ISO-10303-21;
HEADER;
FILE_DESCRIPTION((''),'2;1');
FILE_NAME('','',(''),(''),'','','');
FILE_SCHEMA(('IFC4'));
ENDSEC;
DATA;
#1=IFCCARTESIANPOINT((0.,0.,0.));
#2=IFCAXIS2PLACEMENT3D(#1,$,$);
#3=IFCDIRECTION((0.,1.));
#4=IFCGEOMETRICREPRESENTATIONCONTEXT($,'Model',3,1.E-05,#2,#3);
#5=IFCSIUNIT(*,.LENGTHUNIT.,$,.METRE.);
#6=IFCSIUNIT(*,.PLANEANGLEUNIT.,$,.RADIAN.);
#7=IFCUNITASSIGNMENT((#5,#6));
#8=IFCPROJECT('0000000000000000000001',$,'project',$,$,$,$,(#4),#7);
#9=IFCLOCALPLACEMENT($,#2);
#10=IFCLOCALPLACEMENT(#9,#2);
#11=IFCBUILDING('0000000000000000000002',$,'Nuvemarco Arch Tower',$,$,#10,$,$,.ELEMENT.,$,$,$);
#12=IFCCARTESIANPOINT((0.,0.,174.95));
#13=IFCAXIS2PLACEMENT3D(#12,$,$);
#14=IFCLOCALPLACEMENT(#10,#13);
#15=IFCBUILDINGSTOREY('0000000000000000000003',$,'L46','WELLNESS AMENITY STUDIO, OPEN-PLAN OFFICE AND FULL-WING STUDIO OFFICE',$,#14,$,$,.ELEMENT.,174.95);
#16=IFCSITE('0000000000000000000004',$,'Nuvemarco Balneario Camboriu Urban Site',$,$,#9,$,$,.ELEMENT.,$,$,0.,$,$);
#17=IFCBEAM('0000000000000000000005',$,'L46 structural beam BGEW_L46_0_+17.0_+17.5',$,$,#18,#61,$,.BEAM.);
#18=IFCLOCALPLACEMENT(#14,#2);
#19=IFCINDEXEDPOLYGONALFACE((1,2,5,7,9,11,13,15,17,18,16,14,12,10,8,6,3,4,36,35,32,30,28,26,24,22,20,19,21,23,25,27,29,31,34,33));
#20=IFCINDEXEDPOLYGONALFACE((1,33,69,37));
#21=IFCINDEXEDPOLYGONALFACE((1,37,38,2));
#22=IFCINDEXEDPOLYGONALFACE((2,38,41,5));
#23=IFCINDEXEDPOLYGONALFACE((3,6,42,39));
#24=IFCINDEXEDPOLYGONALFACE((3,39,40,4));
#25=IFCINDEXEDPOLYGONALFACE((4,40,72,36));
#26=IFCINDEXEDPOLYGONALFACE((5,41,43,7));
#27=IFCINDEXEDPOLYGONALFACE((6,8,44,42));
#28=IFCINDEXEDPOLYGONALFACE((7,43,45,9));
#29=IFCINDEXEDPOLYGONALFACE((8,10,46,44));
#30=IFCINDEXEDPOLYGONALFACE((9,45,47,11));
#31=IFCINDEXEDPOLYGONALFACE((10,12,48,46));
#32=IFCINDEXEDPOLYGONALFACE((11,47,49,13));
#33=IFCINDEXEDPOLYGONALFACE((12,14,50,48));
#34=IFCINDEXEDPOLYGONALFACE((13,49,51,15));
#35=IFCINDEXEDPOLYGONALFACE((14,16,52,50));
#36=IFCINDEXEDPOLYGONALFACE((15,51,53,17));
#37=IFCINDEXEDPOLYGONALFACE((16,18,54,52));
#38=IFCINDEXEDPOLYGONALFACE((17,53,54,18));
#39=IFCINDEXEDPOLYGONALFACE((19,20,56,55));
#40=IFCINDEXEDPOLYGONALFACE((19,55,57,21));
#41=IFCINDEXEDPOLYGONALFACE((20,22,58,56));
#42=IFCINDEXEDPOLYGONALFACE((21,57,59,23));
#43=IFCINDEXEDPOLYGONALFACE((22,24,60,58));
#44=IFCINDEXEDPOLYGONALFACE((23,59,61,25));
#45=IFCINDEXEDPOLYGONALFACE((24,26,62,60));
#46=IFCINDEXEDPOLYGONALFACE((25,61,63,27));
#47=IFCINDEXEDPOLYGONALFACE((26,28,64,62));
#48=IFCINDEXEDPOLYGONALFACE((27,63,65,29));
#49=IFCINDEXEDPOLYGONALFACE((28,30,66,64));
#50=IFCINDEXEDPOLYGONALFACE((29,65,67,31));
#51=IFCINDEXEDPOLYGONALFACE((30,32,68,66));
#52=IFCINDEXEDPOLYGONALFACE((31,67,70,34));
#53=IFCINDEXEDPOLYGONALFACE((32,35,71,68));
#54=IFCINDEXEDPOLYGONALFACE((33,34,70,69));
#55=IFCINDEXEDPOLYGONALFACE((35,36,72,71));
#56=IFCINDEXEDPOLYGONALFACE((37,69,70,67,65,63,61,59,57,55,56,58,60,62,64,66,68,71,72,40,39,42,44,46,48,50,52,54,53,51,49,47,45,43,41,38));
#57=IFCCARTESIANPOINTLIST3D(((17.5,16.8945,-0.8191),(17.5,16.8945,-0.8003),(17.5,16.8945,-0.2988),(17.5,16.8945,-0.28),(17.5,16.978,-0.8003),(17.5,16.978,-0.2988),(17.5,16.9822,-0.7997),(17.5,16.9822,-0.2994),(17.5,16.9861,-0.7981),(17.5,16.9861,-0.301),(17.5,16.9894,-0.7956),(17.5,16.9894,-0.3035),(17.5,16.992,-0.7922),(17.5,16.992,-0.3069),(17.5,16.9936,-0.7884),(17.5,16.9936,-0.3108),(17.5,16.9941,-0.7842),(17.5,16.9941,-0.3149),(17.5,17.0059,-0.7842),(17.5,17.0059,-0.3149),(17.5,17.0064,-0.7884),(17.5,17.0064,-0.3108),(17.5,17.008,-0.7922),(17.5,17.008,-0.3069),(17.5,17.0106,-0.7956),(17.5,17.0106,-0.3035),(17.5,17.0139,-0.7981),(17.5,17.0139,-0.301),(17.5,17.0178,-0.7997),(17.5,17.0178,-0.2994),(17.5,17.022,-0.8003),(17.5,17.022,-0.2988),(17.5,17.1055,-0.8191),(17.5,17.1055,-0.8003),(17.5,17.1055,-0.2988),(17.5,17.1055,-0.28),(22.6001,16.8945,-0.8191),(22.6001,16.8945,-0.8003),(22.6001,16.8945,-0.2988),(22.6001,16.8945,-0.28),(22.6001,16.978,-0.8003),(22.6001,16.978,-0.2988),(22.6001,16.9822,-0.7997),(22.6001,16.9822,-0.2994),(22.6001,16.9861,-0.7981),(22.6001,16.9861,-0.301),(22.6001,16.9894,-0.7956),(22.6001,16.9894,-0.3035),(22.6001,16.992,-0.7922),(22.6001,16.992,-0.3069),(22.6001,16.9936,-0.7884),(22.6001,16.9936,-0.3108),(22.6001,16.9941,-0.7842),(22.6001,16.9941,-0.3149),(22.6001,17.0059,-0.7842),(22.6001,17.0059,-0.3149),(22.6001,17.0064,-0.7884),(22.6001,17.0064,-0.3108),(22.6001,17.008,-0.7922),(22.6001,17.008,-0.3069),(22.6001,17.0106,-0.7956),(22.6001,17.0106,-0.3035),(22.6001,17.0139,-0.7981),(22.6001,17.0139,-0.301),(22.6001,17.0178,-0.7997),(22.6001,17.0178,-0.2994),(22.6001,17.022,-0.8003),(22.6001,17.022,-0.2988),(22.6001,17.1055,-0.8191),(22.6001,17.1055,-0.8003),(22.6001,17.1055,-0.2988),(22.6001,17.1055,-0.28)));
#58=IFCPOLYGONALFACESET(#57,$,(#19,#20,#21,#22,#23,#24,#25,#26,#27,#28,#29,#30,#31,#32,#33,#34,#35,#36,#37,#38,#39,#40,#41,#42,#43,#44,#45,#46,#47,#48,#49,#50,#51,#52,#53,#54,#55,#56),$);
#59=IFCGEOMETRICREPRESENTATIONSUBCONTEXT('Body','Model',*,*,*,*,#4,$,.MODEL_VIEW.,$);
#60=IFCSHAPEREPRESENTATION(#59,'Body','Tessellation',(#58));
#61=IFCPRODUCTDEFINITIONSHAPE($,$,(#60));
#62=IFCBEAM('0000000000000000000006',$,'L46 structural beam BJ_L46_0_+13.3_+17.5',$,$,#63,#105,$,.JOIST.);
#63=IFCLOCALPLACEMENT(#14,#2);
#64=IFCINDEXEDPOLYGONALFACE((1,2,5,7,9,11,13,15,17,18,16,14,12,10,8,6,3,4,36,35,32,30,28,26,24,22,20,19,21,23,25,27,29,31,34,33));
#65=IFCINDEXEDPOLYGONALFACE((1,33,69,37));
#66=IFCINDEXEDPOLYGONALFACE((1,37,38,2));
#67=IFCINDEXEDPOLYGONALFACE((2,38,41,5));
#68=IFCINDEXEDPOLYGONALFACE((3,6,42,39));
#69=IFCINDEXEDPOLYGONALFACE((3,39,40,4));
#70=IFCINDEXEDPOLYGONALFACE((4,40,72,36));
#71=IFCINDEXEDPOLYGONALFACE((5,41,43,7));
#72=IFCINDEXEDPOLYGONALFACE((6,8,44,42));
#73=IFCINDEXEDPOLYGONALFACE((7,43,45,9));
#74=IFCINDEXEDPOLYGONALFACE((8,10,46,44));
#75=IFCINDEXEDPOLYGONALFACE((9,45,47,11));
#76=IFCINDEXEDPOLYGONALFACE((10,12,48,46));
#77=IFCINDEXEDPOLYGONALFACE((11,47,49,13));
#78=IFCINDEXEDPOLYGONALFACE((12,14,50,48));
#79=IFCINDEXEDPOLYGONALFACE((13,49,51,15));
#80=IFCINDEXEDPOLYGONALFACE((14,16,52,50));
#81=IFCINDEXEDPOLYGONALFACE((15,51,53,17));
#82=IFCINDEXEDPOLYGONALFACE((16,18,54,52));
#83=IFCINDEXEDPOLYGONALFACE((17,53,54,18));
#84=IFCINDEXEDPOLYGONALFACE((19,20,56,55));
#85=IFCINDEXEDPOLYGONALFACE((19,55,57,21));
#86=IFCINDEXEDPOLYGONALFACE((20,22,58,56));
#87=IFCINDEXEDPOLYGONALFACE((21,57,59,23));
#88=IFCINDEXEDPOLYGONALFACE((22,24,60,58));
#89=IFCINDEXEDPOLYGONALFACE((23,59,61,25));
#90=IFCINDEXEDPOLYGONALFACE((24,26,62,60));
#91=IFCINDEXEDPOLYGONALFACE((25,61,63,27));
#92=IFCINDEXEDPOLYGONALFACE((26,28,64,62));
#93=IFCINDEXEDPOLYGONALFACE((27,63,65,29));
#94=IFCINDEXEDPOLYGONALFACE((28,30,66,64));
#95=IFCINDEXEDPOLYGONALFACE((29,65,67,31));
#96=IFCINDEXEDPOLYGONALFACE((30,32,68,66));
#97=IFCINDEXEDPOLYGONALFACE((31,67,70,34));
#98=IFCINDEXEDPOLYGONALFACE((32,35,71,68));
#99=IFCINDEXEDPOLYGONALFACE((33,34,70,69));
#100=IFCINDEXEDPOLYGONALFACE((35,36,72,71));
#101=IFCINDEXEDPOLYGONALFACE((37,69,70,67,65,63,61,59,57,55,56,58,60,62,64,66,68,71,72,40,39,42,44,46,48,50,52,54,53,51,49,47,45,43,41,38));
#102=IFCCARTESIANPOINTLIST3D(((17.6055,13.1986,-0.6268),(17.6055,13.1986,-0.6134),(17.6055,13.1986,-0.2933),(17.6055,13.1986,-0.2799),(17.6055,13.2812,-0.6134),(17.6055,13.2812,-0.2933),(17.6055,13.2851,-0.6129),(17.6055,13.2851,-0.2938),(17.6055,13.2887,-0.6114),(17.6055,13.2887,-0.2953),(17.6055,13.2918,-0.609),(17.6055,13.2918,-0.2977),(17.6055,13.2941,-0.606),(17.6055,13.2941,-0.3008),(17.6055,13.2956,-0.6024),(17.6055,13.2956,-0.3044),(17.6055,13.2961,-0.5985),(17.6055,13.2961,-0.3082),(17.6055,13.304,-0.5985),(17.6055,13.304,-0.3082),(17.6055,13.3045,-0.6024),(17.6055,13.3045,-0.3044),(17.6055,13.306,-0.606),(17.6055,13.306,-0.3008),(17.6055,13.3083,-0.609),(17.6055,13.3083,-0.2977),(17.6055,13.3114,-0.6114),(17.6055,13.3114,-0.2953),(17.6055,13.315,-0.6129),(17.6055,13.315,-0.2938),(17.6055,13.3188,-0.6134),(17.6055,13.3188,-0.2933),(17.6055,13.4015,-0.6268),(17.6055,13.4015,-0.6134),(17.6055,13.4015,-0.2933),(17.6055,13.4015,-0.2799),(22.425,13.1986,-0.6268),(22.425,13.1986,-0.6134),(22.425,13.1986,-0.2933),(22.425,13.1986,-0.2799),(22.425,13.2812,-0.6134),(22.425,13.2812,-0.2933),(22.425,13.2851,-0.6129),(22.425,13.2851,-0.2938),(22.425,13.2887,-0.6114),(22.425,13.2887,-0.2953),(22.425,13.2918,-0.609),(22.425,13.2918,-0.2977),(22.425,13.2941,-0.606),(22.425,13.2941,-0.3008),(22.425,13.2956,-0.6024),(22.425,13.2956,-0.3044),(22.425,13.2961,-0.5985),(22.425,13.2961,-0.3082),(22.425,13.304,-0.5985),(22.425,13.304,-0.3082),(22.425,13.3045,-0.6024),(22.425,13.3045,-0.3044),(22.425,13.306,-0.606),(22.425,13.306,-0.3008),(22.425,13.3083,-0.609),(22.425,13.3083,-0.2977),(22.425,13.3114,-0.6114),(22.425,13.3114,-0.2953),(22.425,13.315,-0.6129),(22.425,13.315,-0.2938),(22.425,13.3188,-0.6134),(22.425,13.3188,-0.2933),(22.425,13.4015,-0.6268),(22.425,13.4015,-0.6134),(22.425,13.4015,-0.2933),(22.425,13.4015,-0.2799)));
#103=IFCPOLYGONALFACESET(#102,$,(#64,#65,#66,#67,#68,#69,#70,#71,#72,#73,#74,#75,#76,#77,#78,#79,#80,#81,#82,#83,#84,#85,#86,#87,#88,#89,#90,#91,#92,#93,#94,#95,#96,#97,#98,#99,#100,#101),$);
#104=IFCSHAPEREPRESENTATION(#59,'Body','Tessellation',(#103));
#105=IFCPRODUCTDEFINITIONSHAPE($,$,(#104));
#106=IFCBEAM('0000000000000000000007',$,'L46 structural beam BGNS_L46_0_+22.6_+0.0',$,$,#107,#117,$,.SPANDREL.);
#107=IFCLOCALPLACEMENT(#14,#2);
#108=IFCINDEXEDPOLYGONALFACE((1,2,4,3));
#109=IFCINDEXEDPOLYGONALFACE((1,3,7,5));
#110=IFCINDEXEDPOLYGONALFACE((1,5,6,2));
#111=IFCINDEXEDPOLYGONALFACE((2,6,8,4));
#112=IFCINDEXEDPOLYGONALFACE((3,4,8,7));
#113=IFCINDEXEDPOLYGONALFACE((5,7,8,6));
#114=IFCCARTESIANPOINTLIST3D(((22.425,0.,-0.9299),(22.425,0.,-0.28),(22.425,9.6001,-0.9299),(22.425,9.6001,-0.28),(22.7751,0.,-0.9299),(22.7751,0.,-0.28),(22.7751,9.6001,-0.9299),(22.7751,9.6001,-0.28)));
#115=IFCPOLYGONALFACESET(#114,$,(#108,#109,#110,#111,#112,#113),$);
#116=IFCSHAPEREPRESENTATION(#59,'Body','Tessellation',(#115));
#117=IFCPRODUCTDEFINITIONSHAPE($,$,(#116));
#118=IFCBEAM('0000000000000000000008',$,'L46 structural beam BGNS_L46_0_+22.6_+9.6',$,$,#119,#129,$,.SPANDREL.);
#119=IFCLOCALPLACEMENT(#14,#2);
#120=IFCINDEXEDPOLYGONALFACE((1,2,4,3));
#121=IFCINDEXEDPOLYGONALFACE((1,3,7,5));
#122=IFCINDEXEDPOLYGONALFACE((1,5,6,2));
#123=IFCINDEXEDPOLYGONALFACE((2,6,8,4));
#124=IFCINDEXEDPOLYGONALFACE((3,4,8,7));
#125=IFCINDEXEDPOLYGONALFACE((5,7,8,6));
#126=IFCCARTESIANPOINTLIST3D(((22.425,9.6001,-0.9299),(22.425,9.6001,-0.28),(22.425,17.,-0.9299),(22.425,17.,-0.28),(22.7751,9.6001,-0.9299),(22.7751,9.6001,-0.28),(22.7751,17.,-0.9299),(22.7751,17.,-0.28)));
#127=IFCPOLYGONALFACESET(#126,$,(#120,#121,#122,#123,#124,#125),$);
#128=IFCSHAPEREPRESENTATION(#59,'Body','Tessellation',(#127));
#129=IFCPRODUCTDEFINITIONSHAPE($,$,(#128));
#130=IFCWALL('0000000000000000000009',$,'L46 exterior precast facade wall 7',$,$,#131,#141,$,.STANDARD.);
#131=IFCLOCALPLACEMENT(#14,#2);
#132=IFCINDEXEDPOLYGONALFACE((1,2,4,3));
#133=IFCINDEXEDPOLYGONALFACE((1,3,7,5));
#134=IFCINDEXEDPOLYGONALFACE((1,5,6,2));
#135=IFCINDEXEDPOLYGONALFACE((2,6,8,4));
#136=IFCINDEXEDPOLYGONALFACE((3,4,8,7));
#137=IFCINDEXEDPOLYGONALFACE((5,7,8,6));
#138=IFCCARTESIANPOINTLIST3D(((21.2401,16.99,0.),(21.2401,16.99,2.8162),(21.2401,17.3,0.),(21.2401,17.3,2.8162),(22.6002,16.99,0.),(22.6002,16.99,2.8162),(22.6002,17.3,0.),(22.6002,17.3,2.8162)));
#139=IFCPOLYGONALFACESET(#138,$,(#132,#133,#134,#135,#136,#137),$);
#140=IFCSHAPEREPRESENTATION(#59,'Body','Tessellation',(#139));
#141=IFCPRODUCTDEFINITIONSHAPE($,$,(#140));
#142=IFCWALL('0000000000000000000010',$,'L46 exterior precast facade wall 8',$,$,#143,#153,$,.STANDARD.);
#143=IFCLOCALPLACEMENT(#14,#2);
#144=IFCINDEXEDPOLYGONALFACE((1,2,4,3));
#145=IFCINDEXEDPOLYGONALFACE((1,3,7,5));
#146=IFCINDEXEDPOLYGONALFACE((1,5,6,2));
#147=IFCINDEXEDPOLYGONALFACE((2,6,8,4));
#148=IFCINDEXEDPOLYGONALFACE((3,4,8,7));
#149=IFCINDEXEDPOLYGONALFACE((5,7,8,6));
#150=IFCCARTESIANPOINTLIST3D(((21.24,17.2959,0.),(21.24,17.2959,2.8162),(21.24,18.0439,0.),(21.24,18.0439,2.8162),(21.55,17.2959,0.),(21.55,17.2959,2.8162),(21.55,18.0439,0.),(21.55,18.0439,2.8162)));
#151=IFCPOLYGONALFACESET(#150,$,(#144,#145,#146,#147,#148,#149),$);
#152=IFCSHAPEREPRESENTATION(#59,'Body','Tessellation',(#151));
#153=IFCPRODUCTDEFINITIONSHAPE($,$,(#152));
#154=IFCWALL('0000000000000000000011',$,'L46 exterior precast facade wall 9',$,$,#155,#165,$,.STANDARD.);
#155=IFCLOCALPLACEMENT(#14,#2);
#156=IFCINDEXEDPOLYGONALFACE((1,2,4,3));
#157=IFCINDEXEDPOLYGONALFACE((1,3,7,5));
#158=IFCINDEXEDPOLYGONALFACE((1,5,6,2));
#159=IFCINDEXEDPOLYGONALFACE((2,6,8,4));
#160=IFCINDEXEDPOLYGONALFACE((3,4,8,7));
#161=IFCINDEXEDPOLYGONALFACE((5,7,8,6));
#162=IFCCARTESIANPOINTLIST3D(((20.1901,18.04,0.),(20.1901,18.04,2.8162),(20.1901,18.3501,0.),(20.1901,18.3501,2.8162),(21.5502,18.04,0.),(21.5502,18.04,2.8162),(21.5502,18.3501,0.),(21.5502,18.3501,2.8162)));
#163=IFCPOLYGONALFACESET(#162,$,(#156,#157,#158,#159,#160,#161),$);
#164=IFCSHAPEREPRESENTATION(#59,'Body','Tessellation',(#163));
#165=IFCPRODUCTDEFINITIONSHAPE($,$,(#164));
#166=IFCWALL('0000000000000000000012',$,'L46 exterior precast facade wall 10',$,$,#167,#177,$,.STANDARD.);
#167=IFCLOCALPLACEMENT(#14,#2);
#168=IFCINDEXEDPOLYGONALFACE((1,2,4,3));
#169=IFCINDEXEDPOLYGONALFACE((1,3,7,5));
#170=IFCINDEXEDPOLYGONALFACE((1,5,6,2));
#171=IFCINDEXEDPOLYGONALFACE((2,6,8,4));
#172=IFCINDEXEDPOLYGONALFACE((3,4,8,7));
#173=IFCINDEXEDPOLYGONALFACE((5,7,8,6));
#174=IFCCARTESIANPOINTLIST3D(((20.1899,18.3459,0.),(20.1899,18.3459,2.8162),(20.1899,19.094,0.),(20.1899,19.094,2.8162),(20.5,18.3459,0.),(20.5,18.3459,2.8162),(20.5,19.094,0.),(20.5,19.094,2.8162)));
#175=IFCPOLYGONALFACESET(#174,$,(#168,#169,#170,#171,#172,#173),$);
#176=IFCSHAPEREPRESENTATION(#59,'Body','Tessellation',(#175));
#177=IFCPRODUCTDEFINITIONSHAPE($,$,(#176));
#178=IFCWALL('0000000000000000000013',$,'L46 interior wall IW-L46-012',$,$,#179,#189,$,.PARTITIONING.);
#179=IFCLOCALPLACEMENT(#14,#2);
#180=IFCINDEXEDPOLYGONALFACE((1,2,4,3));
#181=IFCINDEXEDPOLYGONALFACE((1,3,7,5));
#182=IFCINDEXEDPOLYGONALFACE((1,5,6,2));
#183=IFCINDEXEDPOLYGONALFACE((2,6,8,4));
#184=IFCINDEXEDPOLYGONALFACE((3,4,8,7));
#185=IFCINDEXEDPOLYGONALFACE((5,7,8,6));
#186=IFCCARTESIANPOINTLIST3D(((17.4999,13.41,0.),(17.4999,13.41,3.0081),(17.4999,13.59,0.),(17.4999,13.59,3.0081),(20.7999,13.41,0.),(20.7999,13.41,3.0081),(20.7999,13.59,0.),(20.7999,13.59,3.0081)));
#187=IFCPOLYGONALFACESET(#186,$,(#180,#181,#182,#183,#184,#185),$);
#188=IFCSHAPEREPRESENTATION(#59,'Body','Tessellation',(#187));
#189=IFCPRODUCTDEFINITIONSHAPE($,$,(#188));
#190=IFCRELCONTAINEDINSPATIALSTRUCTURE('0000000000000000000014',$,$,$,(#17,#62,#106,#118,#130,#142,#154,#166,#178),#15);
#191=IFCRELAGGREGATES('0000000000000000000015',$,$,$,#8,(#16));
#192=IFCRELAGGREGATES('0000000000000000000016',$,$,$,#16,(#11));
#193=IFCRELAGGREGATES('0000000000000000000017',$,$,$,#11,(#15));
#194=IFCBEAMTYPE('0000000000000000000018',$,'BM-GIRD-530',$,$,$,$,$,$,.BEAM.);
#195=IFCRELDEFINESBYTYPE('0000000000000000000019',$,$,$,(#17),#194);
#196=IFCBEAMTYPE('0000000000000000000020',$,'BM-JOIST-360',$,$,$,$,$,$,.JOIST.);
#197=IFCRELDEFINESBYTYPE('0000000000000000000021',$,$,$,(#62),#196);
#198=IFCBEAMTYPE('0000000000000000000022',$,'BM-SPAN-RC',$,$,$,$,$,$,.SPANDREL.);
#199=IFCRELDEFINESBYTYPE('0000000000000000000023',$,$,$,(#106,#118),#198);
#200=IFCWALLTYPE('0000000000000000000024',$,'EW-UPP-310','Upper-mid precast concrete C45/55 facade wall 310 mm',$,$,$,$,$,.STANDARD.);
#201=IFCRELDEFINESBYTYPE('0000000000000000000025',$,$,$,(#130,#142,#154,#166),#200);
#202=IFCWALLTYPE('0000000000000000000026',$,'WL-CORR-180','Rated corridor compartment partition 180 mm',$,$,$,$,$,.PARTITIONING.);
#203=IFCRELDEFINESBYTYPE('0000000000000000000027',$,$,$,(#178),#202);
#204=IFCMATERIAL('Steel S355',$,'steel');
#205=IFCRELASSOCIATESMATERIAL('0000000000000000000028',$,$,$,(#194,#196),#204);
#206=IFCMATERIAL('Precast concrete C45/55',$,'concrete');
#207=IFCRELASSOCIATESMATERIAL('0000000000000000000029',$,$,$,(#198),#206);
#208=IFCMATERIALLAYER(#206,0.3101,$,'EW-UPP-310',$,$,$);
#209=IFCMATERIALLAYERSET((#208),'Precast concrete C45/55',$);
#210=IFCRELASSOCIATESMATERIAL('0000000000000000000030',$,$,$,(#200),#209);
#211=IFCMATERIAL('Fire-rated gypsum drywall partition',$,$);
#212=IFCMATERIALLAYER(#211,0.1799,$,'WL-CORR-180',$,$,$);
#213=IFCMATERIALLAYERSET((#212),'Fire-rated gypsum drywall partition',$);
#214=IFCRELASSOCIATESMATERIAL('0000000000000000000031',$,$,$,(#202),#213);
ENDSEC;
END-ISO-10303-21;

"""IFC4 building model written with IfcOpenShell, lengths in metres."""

from ifc_helpers import new_model, si_unit, direction, frame, frame_2d, origin, origin_2d, place, context, subcontext, project, spatial, rectangle, i_section, extrude, material, layer, layer_set, material_profile, profile_set, type_object, element, save


model = new_model("IFC4")

# Units and contexts
model_context = context("Model", 3, precision=1e-05, world=origin(), true_north=direction((0.0, 1.0)))
body_context = subcontext(model_context, "Body", "Model", "MODEL_VIEW")
ifc_project = project(units=[si_unit("LENGTHUNIT", "METRE"), si_unit("PLANEANGLEUNIT", "RADIAN")], contexts=[model_context])

# Site, building, storey
site_placement = place(None, origin())
site = spatial("IfcSite", under=ifc_project, at=site_placement, Name="Nuvemarco Balneario Camboriu Urban Site", CompositionType="ELEMENT", RefElevation=0.0)
building_placement = place(site_placement, origin())
building = spatial("IfcBuilding", under=site, at=building_placement, Name="Nuvemarco Arch Tower", CompositionType="ELEMENT")
storey_placement = place(building_placement, frame((0.0, 0.0, 174.95)))
storey = spatial("IfcBuildingStorey", under=building, at=storey_placement, Name="L46", Description="WELLNESS AMENITY STUDIO, OPEN-PLAN OFFICE AND FULL-WING STUDIO OFFICE", CompositionType="ELEMENT", Elevation=174.95)

# Shared definitions
ifc_material_1 = material(Name="Steel S355", Category="steel")

# Beams
ifc_material_profile_1 = material_profile(ifc_material_1, i_section(OverallWidth=0.2109, OverallDepth=0.5391, WebThickness=0.0117, FlangeThickness=0.0188, FilletRadius=0.0161, at=origin_2d()), Name="W530x109")
ifc_profile_set_1 = profile_set([ifc_material_profile_1], Name="Steel S355")
beam_type_1 = type_object("IfcBeamType", Name="BM-GIRD-530", PredefinedType="BEAM", material=ifc_profile_set_1)
for number, where, z_axis, x_axis, name in (
    (1, (17.5, 17.0, -0.5496), (1.0, 0.0, 0.0), (0.0, 1.0, 0.0), "L46 structural beam BGEW_L46_0_+17.0_+17.5"),
):
    element("IfcBeam", number, at=place(storey_placement, frame(where, z_axis=z_axis, x_axis=x_axis)), inside=storey, type_object=beam_type_1, Name=name, PredefinedType="BEAM", context=body_context, shape_type="SweptSolid", body=[
        extrude(i_section(OverallWidth=0.2109, OverallDepth=0.5391, WebThickness=0.0117, FlangeThickness=0.0188, FilletRadius=0.0161, at=origin_2d()), origin(), (0.0, 0.0, 1.0), 5.1001),
    ])
ifc_material_profile_2 = material_profile(ifc_material_1, i_section(OverallWidth=0.2029, OverallDepth=0.3469, WebThickness=0.0078, FlangeThickness=0.0134, FilletRadius=0.0149, at=origin_2d()), Name="W360x64")
ifc_profile_set_2 = profile_set([ifc_material_profile_2], Name="Steel S355")
beam_type_2 = type_object("IfcBeamType", Name="BM-JOIST-360", PredefinedType="JOIST", material=ifc_profile_set_2)
beam_1_placement = place(storey_placement, frame((17.6055, 13.3, -0.4534), z_axis=(1.0, 0.0, 0.0), x_axis=(0.0, 1.0, 0.0)))
element("IfcBeam", 2, at=beam_1_placement, inside=storey, type_object=beam_type_2, Name="L46 structural beam BJ_L46_0_+13.3_+17.5", PredefinedType="JOIST", context=body_context, shape_type="SweptSolid", body=[
    extrude(i_section(OverallWidth=0.2029, OverallDepth=0.3469, WebThickness=0.0078, FlangeThickness=0.0134, FilletRadius=0.0149, at=origin_2d()), origin(), (0.0, 0.0, 1.0), 4.8196),
])
ifc_material_2 = material(Name="Precast concrete C45/55", Category="concrete")
ifc_material_profile_3 = material_profile(ifc_material_2, rectangle(XDim=0.3501, YDim=0.6499, at=origin_2d()), Name="PC-SP-350x650")
ifc_profile_set_3 = profile_set([ifc_material_profile_3], Name="Precast concrete C45/55")
beam_type_3 = type_object("IfcBeamType", Name="BM-SPAN-RC", PredefinedType="SPANDREL", material=ifc_profile_set_3)
beam_2_placement = place(storey_placement, frame((22.6001, 0.0, -0.605), z_axis=(0.0, 1.0, 0.0), x_axis=(-1.0, 0.0, 0.0)))
element("IfcBeam", 3, at=beam_2_placement, inside=storey, type_object=beam_type_3, Name="L46 structural beam BGNS_L46_0_+22.6_+0.0", PredefinedType="SPANDREL", context=body_context, shape_type="SweptSolid", body=[
    extrude(rectangle(XDim=0.3501, YDim=0.6499, at=origin_2d()), origin(), (0.0, 0.0, 1.0), 9.6001),
])
beam_3_placement = place(storey_placement, frame((22.6001, 9.6001, -0.605), z_axis=(0.0, 1.0, 0.0), x_axis=(-1.0, 0.0, 0.0)))
element("IfcBeam", 4, at=beam_3_placement, inside=storey, type_object=beam_type_3, Name="L46 structural beam BGNS_L46_0_+22.6_+9.6", PredefinedType="SPANDREL", context=body_context, shape_type="SweptSolid", body=[
    extrude(rectangle(XDim=0.3501, YDim=0.6499, at=origin_2d()), origin(), (0.0, 0.0, 1.0), 7.3999),
])

# Walls
ifc_layer_1 = layer(ifc_material_2, 0.3101, Name="EW-UPP-310")
ifc_layer_set_1 = layer_set([ifc_layer_1], Name="Precast concrete C45/55")
wall_type_1 = type_object("IfcWallType", Name="EW-UPP-310", Description="Upper-mid precast concrete C45/55 facade wall 310 mm", PredefinedType="STANDARD", material=ifc_layer_set_1)
wall_1_placement = place(storey_placement, frame((21.24, 17.145, 0.0), z_axis=(0.0, 0.0, 1.0), x_axis=(1.0, 0.0, 0.0)))
element("IfcWall", 5, at=wall_1_placement, inside=storey, type_object=wall_type_1, Name="L46 exterior precast facade wall 7", PredefinedType="STANDARD", context=body_context, shape_type="SweptSolid", body=[
    extrude(rectangle(XDim=1.3601, YDim=0.3101, at=frame_2d((0.6802, 0.0))), origin(), (0.0, 0.0, 1.0), 2.8162),
])
wall_2_placement = place(storey_placement, frame((21.395, 17.2959, 0.0), z_axis=(0.0, 0.0, 1.0), x_axis=(0.0, 1.0, 0.0)))
element("IfcWall", 6, at=wall_2_placement, inside=storey, type_object=wall_type_1, Name="L46 exterior precast facade wall 8", PredefinedType="STANDARD", context=body_context, shape_type="SweptSolid", body=[
    extrude(rectangle(XDim=0.748, YDim=0.3101, at=frame_2d((0.374, 0.0))), origin(), (0.0, 0.0, 1.0), 2.8162),
])
wall_3_placement = place(storey_placement, frame((20.1899, 18.1951, 0.0), z_axis=(0.0, 0.0, 1.0), x_axis=(1.0, 0.0, 0.0)))
element("IfcWall", 7, at=wall_3_placement, inside=storey, type_object=wall_type_1, Name="L46 exterior precast facade wall 9", PredefinedType="STANDARD", context=body_context, shape_type="SweptSolid", body=[
    extrude(rectangle(XDim=1.3601, YDim=0.3101, at=frame_2d((0.6802, 0.0))), origin(), (0.0, 0.0, 1.0), 2.8162),
])
wall_4_placement = place(storey_placement, frame((20.345, 18.3459, 0.0), z_axis=(0.0, 0.0, 1.0), x_axis=(0.0, 1.0, 0.0)))
element("IfcWall", 8, at=wall_4_placement, inside=storey, type_object=wall_type_1, Name="L46 exterior precast facade wall 10", PredefinedType="STANDARD", context=body_context, shape_type="SweptSolid", body=[
    extrude(rectangle(XDim=0.748, YDim=0.3101, at=frame_2d((0.374, 0.0))), origin(), (0.0, 0.0, 1.0), 2.8162),
])
ifc_material_3 = material(Name="Fire-rated gypsum drywall partition")
ifc_layer_2 = layer(ifc_material_3, 0.1799, Name="WL-CORR-180")
ifc_layer_set_2 = layer_set([ifc_layer_2], Name="Fire-rated gypsum drywall partition")
wall_type_2 = type_object("IfcWallType", Name="WL-CORR-180", Description="Rated corridor compartment partition 180 mm", PredefinedType="PARTITIONING", material=ifc_layer_set_2)
wall_5_placement = place(storey_placement, frame((17.5, 13.5, 0.0), z_axis=(0.0, 0.0, 1.0), x_axis=(1.0, 0.0, 0.0)))
element("IfcWall", 9, at=wall_5_placement, inside=storey, type_object=wall_type_2, Name="L46 interior wall IW-L46-012", PredefinedType="PARTITIONING", context=body_context, shape_type="SweptSolid", body=[
    extrude(rectangle(XDim=3.3, YDim=0.1799, at=frame_2d((1.6499, 0.0))), origin(), (0.0, 0.0, 1.0), 3.0081),
])

save(model, "model.ifc")
